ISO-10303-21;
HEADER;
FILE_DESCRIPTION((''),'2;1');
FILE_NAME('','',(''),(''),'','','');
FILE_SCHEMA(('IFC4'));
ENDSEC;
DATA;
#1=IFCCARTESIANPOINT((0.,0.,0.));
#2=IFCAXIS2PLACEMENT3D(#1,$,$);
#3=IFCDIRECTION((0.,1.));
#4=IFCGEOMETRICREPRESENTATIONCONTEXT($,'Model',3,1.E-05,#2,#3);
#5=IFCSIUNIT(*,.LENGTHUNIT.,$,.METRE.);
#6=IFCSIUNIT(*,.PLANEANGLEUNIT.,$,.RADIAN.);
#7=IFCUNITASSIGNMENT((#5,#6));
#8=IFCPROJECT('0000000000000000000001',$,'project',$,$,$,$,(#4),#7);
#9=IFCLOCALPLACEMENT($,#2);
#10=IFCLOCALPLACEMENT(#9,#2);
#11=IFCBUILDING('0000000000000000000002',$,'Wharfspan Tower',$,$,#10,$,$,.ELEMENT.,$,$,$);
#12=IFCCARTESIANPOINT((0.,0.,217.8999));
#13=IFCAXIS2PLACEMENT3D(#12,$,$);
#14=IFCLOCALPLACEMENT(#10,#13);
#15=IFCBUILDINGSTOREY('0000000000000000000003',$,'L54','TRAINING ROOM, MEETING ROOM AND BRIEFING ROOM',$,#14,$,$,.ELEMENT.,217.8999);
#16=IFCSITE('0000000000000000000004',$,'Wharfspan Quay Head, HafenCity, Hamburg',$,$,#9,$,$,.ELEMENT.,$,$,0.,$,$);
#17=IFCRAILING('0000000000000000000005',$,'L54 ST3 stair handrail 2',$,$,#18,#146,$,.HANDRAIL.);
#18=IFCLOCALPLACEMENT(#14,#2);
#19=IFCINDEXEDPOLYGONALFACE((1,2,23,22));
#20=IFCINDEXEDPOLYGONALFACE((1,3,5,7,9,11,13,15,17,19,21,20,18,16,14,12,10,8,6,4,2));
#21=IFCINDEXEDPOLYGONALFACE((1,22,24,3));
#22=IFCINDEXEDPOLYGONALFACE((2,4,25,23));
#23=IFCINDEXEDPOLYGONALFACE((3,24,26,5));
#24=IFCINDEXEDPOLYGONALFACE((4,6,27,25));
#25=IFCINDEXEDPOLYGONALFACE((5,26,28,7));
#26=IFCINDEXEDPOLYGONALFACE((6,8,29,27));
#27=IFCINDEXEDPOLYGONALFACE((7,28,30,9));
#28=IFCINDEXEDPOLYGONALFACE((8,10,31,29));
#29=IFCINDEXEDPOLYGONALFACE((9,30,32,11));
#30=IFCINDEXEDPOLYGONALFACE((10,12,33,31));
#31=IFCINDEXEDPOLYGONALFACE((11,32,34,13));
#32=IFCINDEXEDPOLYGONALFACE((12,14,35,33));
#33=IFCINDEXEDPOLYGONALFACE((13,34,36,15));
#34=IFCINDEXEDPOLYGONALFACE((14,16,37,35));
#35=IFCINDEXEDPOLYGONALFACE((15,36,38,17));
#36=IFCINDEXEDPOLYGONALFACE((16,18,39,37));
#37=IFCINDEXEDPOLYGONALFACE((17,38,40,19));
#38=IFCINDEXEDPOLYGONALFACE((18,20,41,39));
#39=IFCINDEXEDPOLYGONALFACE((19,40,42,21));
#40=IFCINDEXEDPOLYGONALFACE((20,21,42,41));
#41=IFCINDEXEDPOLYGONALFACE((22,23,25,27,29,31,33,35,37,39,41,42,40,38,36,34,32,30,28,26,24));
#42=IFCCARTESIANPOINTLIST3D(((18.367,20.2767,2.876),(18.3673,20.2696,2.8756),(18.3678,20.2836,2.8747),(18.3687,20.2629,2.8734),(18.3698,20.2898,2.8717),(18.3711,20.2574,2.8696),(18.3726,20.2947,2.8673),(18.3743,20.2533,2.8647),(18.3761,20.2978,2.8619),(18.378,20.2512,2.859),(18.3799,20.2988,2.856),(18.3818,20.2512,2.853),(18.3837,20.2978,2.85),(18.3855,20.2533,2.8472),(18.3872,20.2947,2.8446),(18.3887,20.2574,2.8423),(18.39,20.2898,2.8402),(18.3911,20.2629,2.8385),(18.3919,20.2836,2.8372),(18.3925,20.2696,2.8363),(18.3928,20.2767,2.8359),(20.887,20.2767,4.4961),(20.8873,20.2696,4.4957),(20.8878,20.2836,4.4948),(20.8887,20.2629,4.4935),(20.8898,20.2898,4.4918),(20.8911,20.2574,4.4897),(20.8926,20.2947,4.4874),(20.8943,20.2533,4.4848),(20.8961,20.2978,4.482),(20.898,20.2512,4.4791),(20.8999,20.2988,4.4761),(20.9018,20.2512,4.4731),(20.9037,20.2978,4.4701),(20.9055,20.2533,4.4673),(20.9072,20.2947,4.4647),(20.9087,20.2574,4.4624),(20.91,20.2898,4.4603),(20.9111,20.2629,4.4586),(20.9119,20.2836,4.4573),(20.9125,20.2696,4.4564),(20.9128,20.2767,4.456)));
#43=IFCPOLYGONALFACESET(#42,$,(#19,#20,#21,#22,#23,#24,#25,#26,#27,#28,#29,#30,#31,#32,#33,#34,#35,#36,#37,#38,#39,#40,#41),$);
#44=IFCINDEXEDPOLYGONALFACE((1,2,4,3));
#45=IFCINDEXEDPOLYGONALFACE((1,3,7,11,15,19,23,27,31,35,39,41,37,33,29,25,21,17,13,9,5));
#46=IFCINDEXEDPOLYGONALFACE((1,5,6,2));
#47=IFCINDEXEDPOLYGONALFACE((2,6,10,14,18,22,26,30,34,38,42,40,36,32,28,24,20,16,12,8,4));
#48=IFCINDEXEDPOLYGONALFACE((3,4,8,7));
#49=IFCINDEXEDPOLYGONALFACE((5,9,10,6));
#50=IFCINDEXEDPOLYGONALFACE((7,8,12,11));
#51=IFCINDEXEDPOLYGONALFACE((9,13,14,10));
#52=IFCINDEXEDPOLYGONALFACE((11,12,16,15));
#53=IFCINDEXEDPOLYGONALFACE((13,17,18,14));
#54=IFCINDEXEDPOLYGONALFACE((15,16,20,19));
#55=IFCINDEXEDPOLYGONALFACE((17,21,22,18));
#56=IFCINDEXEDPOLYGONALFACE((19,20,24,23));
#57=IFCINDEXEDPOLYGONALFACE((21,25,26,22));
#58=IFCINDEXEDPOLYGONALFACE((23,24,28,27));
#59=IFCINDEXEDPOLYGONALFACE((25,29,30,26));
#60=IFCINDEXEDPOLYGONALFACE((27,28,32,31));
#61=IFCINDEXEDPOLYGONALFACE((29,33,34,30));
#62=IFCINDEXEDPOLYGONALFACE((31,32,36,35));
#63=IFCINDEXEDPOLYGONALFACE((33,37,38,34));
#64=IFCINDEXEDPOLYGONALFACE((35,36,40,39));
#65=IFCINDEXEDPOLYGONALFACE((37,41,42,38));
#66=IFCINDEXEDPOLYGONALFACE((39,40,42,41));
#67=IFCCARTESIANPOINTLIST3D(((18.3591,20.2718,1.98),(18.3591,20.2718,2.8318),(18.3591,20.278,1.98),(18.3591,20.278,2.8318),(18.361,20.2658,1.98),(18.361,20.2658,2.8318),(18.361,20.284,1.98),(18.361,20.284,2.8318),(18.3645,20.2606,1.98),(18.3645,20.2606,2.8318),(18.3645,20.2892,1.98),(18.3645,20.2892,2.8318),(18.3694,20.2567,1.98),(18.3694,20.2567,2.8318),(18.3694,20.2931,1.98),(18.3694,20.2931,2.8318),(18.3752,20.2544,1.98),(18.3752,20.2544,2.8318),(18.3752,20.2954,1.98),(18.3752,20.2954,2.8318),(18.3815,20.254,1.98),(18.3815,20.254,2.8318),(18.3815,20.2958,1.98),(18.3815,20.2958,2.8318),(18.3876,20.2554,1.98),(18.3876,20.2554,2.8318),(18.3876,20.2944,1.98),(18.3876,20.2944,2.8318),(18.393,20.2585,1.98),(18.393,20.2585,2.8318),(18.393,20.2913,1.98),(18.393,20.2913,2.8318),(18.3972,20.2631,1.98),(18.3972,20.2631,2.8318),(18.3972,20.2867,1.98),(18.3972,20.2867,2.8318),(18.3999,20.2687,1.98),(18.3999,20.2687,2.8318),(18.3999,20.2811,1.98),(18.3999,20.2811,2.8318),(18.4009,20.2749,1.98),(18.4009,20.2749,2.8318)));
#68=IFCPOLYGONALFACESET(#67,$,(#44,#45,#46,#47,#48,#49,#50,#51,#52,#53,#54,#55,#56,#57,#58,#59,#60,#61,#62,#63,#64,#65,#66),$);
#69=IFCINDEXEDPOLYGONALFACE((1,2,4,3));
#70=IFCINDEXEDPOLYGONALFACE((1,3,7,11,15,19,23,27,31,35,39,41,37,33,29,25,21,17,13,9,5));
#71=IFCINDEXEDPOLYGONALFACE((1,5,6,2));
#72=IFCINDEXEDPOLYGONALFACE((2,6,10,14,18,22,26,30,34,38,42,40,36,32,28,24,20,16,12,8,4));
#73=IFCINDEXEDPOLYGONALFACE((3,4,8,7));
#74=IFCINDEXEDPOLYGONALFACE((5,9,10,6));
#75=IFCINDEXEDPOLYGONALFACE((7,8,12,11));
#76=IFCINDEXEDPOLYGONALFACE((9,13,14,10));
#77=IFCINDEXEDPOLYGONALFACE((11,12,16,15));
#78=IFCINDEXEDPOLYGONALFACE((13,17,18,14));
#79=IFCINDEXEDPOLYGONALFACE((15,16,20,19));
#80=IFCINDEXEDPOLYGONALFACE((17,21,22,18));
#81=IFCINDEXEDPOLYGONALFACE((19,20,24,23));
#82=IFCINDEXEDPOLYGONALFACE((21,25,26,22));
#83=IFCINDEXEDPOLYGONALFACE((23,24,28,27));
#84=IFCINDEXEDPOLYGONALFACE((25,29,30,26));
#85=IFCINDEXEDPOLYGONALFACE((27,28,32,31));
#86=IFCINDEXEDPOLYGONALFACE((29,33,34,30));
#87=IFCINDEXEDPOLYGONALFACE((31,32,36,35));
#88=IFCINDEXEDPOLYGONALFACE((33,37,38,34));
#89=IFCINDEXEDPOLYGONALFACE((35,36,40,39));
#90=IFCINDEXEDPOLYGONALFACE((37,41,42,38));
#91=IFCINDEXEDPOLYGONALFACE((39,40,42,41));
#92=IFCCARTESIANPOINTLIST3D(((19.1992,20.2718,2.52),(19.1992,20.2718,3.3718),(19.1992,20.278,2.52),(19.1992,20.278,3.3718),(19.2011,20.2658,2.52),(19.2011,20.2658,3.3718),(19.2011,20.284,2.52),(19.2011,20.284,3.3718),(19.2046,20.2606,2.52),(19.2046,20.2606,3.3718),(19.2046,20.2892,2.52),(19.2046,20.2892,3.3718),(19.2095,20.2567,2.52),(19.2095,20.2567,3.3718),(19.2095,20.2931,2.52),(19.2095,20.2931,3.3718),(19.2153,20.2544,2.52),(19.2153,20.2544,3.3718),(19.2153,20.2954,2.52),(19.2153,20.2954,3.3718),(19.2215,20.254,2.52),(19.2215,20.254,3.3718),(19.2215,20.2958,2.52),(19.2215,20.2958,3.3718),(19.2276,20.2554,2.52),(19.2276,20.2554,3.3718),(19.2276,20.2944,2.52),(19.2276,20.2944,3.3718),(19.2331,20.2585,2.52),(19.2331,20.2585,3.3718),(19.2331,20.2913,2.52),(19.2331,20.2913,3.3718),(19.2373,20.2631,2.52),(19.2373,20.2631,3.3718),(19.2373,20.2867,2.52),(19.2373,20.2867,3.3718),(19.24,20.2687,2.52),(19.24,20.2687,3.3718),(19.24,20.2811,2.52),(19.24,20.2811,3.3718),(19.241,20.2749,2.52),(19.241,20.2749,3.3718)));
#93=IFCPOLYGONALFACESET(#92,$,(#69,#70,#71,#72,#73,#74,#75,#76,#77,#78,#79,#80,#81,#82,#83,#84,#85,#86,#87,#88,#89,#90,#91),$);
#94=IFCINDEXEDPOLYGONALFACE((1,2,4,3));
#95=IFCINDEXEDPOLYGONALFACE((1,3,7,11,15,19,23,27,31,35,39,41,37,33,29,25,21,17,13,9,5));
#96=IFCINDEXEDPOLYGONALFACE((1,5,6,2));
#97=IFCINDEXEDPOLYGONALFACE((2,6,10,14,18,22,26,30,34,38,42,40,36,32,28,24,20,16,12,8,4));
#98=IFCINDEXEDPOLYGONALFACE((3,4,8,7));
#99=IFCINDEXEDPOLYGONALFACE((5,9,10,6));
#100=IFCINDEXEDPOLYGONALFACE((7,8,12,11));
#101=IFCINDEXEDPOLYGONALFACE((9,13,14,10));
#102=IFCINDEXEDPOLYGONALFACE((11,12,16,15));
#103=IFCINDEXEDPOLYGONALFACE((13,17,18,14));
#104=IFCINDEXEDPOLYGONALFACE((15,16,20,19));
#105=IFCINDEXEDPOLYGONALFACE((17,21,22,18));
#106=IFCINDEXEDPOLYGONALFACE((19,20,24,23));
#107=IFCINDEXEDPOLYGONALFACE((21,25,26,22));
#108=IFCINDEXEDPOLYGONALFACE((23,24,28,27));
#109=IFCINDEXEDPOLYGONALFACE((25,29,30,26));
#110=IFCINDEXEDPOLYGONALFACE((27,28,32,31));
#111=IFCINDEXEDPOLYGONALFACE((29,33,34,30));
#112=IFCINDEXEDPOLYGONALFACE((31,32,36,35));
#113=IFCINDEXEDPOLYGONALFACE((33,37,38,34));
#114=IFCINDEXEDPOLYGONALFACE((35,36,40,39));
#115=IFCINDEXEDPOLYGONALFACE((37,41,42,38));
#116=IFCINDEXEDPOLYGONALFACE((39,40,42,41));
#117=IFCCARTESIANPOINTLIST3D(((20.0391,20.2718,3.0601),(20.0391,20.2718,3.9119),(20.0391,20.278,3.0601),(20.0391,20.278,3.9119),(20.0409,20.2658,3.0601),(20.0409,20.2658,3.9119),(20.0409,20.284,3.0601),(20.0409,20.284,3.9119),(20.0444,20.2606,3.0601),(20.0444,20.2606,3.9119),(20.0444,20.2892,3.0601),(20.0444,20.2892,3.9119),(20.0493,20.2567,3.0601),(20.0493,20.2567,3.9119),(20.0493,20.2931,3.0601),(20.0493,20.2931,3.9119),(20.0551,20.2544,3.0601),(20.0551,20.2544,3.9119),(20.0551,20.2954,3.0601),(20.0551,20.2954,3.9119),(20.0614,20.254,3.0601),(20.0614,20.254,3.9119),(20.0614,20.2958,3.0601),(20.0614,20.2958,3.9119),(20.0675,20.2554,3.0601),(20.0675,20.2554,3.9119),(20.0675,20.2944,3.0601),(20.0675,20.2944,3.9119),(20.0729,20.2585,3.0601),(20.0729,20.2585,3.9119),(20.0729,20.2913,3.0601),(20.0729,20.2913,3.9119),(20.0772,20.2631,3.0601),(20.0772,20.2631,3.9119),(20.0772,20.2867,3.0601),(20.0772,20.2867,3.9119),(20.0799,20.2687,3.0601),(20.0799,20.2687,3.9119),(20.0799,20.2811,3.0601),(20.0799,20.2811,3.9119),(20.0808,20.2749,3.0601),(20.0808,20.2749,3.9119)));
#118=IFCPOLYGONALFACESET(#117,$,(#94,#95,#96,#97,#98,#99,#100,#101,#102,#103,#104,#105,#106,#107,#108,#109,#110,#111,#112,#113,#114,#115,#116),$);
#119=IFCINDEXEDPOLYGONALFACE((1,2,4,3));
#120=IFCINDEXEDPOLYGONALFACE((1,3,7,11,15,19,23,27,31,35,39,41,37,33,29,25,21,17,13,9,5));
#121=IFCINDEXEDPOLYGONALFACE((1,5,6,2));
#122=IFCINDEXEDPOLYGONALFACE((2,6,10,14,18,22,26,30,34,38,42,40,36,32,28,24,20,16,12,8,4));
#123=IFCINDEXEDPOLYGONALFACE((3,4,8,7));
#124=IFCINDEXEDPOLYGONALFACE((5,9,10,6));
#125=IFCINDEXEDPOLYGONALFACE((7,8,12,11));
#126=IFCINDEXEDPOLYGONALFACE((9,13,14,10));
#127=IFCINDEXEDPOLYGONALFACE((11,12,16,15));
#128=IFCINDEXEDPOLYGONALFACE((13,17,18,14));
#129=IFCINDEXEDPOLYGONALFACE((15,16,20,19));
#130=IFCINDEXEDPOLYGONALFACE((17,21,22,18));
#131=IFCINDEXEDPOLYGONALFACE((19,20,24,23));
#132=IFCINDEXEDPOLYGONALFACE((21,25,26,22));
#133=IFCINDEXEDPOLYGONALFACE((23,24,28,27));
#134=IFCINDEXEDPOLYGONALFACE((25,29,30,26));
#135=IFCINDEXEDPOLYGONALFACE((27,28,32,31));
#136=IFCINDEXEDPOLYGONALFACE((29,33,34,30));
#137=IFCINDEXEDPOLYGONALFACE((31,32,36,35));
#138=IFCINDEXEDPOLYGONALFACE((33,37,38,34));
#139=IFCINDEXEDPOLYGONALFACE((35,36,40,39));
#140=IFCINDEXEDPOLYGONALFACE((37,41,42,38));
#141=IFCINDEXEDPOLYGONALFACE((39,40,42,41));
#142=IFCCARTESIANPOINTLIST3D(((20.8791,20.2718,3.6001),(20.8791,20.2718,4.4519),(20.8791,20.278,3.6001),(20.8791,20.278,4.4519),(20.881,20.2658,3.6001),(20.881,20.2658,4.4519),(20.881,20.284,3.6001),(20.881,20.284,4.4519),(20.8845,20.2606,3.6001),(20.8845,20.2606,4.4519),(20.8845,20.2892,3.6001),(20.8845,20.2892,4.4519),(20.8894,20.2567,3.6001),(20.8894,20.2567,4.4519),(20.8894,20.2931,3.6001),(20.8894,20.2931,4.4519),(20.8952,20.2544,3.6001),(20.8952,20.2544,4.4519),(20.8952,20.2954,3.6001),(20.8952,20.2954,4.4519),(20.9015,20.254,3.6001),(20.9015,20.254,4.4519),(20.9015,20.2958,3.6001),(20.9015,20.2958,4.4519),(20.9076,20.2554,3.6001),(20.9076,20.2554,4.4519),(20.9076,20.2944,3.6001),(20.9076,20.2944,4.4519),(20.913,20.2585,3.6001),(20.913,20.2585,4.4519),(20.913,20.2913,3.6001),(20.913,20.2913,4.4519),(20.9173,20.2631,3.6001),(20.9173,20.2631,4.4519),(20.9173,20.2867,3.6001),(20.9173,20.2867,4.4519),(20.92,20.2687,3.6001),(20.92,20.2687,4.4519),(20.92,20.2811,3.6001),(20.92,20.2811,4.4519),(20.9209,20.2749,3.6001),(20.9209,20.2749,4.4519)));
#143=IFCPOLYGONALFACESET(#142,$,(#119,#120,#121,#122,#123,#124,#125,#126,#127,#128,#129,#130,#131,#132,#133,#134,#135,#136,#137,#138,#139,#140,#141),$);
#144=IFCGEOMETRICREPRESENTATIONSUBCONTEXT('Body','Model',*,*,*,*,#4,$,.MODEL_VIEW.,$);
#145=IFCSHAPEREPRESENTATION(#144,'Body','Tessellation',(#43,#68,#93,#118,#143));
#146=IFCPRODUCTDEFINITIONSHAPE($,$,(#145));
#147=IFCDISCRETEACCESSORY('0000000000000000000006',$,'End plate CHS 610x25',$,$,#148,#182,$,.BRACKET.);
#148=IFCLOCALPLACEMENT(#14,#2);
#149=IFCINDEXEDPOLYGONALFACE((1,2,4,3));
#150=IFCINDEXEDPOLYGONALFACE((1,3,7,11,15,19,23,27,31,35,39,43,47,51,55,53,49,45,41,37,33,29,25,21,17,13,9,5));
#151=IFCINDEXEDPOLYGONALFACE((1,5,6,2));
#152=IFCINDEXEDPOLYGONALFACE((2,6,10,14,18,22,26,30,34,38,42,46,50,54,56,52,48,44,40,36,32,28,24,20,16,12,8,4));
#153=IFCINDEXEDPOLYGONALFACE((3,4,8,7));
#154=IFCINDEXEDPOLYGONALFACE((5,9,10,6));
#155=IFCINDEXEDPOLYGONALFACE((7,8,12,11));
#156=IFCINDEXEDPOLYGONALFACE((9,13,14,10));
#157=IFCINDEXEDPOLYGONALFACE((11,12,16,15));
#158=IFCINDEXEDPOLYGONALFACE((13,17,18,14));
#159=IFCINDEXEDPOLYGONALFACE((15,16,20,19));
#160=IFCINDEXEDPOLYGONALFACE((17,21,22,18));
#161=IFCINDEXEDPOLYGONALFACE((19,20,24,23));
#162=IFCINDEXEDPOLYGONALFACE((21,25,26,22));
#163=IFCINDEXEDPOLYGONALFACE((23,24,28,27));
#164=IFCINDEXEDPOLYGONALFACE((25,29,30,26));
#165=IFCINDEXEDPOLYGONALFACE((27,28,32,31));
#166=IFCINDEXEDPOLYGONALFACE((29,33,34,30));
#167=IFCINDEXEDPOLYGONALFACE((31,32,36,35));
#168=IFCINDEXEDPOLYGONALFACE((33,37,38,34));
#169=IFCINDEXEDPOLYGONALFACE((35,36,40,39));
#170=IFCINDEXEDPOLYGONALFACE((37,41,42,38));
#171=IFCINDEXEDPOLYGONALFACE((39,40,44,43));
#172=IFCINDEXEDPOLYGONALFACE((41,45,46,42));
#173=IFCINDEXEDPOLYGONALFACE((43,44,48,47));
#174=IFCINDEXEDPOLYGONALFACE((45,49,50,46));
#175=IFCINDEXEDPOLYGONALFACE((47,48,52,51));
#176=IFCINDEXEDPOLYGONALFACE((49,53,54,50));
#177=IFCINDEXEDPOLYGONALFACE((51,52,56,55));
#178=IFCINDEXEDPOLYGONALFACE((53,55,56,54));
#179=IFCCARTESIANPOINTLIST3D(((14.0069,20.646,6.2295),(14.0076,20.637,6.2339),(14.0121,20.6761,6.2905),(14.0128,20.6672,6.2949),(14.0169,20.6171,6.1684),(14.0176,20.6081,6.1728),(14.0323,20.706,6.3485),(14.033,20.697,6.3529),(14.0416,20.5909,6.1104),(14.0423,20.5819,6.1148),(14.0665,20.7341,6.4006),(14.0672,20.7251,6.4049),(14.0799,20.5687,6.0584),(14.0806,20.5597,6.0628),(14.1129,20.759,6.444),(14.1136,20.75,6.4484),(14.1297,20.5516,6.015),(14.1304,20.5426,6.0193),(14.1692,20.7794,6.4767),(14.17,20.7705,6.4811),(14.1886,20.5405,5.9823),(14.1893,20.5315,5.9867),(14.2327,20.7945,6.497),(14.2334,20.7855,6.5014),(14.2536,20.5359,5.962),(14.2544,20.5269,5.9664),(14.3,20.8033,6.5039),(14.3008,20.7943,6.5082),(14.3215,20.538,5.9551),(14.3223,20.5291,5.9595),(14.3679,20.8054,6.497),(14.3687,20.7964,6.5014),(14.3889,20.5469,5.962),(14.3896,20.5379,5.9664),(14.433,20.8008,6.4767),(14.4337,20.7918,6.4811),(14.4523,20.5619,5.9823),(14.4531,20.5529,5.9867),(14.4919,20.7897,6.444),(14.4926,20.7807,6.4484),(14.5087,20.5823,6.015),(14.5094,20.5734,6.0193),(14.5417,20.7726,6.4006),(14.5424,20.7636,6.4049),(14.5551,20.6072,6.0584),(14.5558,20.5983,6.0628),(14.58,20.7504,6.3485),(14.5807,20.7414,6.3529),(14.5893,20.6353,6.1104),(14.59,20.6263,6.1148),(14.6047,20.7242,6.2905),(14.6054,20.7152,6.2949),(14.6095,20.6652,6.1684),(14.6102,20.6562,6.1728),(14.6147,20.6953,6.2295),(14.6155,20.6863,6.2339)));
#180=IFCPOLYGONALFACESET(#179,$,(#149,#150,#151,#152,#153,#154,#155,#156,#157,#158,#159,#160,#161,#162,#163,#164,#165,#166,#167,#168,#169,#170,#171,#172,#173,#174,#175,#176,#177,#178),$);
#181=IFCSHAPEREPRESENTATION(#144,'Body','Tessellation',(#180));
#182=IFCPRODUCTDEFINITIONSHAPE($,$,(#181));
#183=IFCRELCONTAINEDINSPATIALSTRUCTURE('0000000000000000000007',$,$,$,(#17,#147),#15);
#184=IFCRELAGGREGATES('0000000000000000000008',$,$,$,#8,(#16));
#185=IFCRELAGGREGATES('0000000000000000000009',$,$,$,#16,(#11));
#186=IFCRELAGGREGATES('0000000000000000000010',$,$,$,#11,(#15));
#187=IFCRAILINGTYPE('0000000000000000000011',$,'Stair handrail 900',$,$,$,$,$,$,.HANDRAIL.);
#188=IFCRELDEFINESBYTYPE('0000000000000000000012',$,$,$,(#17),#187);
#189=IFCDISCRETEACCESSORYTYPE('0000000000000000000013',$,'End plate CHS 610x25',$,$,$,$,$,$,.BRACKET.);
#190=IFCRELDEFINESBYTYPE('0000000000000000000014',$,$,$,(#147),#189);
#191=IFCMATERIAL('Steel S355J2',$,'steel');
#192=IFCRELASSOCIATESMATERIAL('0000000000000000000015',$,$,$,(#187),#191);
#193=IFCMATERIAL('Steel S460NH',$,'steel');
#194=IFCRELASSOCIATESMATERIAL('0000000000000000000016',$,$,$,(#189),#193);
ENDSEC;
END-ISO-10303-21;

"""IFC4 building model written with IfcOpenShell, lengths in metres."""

from ifc_helpers import new_model, si_unit, direction, frame, origin, origin_2d, place, context, subcontext, project, spatial, circle, extrude, material, material_profile, profile_set, type_object, element, save


model = new_model("IFC4")

# Units and contexts
model_context = context("Model", 3, precision=1e-05, world=origin(), true_north=direction((0.0, 1.0)))
body_context = subcontext(model_context, "Body", "Model", "MODEL_VIEW")
ifc_project = project(units=[si_unit("LENGTHUNIT", "METRE"), si_unit("PLANEANGLEUNIT", "RADIAN")], contexts=[model_context])

# Site, building, storey
site_placement = place(None, origin())
site = spatial("IfcSite", under=ifc_project, at=site_placement, Name="Wharfspan Quay Head, HafenCity, Hamburg", CompositionType="ELEMENT", RefElevation=0.0)
building_placement = place(site_placement, origin())
building = spatial("IfcBuilding", under=site, at=building_placement, Name="Wharfspan Tower", CompositionType="ELEMENT")
storey_placement = place(building_placement, frame((0.0, 0.0, 217.8999)))
storey = spatial("IfcBuildingStorey", under=building, at=storey_placement, Name="L54", Description="TRAINING ROOM, MEETING ROOM AND BRIEFING ROOM", CompositionType="ELEMENT", Elevation=217.8999)

# Shared definitions
ifc_material_1 = material(Name="Steel S355J2", Category="steel")

# Shared definitions
ifc_material_2 = material(Name="Steel S460NH", Category="steel")

# Railing
railing_type = type_object("IfcRailingType", Name="Stair handrail 900", PredefinedType="HANDRAIL", material=ifc_material_1)
railing_placement = place(storey_placement, frame((18.3799, 20.2749, 1.98)))
element("IfcRailing", 1, at=railing_placement, inside=storey, type_object=railing_type, Name="L54 ST3 stair handrail 2", PredefinedType="HANDRAIL", context=body_context, shape_type="SweptSolid", body=[
    extrude(circle(Radius=0.0239, at=origin_2d()), frame((0.0, 0.0, 0.876), z_axis=(0.841163, 0.0, 0.540782), x_axis=(0.0, 1.0, 0.0)), (0.0, 0.0, 1.0), 2.9958),
    extrude(circle(Radius=0.021, at=origin_2d()), origin(), (0.0, 0.0, 1.0), 0.8518),
    extrude(circle(Radius=0.021, at=origin_2d()), frame((0.8401, 0.0, 0.54)), (0.0, 0.0, 1.0), 0.8518),
    extrude(circle(Radius=0.021, at=origin_2d()), frame((1.6799, 0.0, 1.0801)), (0.0, 0.0, 1.0), 0.8518),
    extrude(circle(Radius=0.021, at=origin_2d()), frame((2.52, 0.0, 1.6201)), (0.0, 0.0, 1.0), 0.8518),
])

# Discrete accessory
ifc_material_profile_1 = material_profile(ifc_material_2, circle(Radius=0.3049, at=origin_2d()))
ifc_profile_set_1 = profile_set([ifc_material_profile_1], Name="Steel S460NH")
discrete_accessory_type = type_object("IfcDiscreteAccessoryType", Name="End plate CHS 610x25", PredefinedType="BRACKET", material=ifc_profile_set_1)
for number, where, z_axis, x_axis, name in (
    (2, (14.3108, 20.6707, 6.2295), (0.072718, -0.896854, 0.436308), (0.996729, 0.080815, -0.000002), "End plate CHS 610x25"),
):
    element("IfcDiscreteAccessory", number, at=place(storey_placement, frame(where, z_axis=z_axis, x_axis=x_axis)), inside=storey, type_object=discrete_accessory_type, Name=name, PredefinedType="BRACKET", context=body_context, shape_type="SweptSolid", body=[
        extrude(circle(Radius=0.3049, at=origin_2d()), origin(), (0.0, 0.0, 1.0), 0.01),
    ])

save(model, "model.ifc")
